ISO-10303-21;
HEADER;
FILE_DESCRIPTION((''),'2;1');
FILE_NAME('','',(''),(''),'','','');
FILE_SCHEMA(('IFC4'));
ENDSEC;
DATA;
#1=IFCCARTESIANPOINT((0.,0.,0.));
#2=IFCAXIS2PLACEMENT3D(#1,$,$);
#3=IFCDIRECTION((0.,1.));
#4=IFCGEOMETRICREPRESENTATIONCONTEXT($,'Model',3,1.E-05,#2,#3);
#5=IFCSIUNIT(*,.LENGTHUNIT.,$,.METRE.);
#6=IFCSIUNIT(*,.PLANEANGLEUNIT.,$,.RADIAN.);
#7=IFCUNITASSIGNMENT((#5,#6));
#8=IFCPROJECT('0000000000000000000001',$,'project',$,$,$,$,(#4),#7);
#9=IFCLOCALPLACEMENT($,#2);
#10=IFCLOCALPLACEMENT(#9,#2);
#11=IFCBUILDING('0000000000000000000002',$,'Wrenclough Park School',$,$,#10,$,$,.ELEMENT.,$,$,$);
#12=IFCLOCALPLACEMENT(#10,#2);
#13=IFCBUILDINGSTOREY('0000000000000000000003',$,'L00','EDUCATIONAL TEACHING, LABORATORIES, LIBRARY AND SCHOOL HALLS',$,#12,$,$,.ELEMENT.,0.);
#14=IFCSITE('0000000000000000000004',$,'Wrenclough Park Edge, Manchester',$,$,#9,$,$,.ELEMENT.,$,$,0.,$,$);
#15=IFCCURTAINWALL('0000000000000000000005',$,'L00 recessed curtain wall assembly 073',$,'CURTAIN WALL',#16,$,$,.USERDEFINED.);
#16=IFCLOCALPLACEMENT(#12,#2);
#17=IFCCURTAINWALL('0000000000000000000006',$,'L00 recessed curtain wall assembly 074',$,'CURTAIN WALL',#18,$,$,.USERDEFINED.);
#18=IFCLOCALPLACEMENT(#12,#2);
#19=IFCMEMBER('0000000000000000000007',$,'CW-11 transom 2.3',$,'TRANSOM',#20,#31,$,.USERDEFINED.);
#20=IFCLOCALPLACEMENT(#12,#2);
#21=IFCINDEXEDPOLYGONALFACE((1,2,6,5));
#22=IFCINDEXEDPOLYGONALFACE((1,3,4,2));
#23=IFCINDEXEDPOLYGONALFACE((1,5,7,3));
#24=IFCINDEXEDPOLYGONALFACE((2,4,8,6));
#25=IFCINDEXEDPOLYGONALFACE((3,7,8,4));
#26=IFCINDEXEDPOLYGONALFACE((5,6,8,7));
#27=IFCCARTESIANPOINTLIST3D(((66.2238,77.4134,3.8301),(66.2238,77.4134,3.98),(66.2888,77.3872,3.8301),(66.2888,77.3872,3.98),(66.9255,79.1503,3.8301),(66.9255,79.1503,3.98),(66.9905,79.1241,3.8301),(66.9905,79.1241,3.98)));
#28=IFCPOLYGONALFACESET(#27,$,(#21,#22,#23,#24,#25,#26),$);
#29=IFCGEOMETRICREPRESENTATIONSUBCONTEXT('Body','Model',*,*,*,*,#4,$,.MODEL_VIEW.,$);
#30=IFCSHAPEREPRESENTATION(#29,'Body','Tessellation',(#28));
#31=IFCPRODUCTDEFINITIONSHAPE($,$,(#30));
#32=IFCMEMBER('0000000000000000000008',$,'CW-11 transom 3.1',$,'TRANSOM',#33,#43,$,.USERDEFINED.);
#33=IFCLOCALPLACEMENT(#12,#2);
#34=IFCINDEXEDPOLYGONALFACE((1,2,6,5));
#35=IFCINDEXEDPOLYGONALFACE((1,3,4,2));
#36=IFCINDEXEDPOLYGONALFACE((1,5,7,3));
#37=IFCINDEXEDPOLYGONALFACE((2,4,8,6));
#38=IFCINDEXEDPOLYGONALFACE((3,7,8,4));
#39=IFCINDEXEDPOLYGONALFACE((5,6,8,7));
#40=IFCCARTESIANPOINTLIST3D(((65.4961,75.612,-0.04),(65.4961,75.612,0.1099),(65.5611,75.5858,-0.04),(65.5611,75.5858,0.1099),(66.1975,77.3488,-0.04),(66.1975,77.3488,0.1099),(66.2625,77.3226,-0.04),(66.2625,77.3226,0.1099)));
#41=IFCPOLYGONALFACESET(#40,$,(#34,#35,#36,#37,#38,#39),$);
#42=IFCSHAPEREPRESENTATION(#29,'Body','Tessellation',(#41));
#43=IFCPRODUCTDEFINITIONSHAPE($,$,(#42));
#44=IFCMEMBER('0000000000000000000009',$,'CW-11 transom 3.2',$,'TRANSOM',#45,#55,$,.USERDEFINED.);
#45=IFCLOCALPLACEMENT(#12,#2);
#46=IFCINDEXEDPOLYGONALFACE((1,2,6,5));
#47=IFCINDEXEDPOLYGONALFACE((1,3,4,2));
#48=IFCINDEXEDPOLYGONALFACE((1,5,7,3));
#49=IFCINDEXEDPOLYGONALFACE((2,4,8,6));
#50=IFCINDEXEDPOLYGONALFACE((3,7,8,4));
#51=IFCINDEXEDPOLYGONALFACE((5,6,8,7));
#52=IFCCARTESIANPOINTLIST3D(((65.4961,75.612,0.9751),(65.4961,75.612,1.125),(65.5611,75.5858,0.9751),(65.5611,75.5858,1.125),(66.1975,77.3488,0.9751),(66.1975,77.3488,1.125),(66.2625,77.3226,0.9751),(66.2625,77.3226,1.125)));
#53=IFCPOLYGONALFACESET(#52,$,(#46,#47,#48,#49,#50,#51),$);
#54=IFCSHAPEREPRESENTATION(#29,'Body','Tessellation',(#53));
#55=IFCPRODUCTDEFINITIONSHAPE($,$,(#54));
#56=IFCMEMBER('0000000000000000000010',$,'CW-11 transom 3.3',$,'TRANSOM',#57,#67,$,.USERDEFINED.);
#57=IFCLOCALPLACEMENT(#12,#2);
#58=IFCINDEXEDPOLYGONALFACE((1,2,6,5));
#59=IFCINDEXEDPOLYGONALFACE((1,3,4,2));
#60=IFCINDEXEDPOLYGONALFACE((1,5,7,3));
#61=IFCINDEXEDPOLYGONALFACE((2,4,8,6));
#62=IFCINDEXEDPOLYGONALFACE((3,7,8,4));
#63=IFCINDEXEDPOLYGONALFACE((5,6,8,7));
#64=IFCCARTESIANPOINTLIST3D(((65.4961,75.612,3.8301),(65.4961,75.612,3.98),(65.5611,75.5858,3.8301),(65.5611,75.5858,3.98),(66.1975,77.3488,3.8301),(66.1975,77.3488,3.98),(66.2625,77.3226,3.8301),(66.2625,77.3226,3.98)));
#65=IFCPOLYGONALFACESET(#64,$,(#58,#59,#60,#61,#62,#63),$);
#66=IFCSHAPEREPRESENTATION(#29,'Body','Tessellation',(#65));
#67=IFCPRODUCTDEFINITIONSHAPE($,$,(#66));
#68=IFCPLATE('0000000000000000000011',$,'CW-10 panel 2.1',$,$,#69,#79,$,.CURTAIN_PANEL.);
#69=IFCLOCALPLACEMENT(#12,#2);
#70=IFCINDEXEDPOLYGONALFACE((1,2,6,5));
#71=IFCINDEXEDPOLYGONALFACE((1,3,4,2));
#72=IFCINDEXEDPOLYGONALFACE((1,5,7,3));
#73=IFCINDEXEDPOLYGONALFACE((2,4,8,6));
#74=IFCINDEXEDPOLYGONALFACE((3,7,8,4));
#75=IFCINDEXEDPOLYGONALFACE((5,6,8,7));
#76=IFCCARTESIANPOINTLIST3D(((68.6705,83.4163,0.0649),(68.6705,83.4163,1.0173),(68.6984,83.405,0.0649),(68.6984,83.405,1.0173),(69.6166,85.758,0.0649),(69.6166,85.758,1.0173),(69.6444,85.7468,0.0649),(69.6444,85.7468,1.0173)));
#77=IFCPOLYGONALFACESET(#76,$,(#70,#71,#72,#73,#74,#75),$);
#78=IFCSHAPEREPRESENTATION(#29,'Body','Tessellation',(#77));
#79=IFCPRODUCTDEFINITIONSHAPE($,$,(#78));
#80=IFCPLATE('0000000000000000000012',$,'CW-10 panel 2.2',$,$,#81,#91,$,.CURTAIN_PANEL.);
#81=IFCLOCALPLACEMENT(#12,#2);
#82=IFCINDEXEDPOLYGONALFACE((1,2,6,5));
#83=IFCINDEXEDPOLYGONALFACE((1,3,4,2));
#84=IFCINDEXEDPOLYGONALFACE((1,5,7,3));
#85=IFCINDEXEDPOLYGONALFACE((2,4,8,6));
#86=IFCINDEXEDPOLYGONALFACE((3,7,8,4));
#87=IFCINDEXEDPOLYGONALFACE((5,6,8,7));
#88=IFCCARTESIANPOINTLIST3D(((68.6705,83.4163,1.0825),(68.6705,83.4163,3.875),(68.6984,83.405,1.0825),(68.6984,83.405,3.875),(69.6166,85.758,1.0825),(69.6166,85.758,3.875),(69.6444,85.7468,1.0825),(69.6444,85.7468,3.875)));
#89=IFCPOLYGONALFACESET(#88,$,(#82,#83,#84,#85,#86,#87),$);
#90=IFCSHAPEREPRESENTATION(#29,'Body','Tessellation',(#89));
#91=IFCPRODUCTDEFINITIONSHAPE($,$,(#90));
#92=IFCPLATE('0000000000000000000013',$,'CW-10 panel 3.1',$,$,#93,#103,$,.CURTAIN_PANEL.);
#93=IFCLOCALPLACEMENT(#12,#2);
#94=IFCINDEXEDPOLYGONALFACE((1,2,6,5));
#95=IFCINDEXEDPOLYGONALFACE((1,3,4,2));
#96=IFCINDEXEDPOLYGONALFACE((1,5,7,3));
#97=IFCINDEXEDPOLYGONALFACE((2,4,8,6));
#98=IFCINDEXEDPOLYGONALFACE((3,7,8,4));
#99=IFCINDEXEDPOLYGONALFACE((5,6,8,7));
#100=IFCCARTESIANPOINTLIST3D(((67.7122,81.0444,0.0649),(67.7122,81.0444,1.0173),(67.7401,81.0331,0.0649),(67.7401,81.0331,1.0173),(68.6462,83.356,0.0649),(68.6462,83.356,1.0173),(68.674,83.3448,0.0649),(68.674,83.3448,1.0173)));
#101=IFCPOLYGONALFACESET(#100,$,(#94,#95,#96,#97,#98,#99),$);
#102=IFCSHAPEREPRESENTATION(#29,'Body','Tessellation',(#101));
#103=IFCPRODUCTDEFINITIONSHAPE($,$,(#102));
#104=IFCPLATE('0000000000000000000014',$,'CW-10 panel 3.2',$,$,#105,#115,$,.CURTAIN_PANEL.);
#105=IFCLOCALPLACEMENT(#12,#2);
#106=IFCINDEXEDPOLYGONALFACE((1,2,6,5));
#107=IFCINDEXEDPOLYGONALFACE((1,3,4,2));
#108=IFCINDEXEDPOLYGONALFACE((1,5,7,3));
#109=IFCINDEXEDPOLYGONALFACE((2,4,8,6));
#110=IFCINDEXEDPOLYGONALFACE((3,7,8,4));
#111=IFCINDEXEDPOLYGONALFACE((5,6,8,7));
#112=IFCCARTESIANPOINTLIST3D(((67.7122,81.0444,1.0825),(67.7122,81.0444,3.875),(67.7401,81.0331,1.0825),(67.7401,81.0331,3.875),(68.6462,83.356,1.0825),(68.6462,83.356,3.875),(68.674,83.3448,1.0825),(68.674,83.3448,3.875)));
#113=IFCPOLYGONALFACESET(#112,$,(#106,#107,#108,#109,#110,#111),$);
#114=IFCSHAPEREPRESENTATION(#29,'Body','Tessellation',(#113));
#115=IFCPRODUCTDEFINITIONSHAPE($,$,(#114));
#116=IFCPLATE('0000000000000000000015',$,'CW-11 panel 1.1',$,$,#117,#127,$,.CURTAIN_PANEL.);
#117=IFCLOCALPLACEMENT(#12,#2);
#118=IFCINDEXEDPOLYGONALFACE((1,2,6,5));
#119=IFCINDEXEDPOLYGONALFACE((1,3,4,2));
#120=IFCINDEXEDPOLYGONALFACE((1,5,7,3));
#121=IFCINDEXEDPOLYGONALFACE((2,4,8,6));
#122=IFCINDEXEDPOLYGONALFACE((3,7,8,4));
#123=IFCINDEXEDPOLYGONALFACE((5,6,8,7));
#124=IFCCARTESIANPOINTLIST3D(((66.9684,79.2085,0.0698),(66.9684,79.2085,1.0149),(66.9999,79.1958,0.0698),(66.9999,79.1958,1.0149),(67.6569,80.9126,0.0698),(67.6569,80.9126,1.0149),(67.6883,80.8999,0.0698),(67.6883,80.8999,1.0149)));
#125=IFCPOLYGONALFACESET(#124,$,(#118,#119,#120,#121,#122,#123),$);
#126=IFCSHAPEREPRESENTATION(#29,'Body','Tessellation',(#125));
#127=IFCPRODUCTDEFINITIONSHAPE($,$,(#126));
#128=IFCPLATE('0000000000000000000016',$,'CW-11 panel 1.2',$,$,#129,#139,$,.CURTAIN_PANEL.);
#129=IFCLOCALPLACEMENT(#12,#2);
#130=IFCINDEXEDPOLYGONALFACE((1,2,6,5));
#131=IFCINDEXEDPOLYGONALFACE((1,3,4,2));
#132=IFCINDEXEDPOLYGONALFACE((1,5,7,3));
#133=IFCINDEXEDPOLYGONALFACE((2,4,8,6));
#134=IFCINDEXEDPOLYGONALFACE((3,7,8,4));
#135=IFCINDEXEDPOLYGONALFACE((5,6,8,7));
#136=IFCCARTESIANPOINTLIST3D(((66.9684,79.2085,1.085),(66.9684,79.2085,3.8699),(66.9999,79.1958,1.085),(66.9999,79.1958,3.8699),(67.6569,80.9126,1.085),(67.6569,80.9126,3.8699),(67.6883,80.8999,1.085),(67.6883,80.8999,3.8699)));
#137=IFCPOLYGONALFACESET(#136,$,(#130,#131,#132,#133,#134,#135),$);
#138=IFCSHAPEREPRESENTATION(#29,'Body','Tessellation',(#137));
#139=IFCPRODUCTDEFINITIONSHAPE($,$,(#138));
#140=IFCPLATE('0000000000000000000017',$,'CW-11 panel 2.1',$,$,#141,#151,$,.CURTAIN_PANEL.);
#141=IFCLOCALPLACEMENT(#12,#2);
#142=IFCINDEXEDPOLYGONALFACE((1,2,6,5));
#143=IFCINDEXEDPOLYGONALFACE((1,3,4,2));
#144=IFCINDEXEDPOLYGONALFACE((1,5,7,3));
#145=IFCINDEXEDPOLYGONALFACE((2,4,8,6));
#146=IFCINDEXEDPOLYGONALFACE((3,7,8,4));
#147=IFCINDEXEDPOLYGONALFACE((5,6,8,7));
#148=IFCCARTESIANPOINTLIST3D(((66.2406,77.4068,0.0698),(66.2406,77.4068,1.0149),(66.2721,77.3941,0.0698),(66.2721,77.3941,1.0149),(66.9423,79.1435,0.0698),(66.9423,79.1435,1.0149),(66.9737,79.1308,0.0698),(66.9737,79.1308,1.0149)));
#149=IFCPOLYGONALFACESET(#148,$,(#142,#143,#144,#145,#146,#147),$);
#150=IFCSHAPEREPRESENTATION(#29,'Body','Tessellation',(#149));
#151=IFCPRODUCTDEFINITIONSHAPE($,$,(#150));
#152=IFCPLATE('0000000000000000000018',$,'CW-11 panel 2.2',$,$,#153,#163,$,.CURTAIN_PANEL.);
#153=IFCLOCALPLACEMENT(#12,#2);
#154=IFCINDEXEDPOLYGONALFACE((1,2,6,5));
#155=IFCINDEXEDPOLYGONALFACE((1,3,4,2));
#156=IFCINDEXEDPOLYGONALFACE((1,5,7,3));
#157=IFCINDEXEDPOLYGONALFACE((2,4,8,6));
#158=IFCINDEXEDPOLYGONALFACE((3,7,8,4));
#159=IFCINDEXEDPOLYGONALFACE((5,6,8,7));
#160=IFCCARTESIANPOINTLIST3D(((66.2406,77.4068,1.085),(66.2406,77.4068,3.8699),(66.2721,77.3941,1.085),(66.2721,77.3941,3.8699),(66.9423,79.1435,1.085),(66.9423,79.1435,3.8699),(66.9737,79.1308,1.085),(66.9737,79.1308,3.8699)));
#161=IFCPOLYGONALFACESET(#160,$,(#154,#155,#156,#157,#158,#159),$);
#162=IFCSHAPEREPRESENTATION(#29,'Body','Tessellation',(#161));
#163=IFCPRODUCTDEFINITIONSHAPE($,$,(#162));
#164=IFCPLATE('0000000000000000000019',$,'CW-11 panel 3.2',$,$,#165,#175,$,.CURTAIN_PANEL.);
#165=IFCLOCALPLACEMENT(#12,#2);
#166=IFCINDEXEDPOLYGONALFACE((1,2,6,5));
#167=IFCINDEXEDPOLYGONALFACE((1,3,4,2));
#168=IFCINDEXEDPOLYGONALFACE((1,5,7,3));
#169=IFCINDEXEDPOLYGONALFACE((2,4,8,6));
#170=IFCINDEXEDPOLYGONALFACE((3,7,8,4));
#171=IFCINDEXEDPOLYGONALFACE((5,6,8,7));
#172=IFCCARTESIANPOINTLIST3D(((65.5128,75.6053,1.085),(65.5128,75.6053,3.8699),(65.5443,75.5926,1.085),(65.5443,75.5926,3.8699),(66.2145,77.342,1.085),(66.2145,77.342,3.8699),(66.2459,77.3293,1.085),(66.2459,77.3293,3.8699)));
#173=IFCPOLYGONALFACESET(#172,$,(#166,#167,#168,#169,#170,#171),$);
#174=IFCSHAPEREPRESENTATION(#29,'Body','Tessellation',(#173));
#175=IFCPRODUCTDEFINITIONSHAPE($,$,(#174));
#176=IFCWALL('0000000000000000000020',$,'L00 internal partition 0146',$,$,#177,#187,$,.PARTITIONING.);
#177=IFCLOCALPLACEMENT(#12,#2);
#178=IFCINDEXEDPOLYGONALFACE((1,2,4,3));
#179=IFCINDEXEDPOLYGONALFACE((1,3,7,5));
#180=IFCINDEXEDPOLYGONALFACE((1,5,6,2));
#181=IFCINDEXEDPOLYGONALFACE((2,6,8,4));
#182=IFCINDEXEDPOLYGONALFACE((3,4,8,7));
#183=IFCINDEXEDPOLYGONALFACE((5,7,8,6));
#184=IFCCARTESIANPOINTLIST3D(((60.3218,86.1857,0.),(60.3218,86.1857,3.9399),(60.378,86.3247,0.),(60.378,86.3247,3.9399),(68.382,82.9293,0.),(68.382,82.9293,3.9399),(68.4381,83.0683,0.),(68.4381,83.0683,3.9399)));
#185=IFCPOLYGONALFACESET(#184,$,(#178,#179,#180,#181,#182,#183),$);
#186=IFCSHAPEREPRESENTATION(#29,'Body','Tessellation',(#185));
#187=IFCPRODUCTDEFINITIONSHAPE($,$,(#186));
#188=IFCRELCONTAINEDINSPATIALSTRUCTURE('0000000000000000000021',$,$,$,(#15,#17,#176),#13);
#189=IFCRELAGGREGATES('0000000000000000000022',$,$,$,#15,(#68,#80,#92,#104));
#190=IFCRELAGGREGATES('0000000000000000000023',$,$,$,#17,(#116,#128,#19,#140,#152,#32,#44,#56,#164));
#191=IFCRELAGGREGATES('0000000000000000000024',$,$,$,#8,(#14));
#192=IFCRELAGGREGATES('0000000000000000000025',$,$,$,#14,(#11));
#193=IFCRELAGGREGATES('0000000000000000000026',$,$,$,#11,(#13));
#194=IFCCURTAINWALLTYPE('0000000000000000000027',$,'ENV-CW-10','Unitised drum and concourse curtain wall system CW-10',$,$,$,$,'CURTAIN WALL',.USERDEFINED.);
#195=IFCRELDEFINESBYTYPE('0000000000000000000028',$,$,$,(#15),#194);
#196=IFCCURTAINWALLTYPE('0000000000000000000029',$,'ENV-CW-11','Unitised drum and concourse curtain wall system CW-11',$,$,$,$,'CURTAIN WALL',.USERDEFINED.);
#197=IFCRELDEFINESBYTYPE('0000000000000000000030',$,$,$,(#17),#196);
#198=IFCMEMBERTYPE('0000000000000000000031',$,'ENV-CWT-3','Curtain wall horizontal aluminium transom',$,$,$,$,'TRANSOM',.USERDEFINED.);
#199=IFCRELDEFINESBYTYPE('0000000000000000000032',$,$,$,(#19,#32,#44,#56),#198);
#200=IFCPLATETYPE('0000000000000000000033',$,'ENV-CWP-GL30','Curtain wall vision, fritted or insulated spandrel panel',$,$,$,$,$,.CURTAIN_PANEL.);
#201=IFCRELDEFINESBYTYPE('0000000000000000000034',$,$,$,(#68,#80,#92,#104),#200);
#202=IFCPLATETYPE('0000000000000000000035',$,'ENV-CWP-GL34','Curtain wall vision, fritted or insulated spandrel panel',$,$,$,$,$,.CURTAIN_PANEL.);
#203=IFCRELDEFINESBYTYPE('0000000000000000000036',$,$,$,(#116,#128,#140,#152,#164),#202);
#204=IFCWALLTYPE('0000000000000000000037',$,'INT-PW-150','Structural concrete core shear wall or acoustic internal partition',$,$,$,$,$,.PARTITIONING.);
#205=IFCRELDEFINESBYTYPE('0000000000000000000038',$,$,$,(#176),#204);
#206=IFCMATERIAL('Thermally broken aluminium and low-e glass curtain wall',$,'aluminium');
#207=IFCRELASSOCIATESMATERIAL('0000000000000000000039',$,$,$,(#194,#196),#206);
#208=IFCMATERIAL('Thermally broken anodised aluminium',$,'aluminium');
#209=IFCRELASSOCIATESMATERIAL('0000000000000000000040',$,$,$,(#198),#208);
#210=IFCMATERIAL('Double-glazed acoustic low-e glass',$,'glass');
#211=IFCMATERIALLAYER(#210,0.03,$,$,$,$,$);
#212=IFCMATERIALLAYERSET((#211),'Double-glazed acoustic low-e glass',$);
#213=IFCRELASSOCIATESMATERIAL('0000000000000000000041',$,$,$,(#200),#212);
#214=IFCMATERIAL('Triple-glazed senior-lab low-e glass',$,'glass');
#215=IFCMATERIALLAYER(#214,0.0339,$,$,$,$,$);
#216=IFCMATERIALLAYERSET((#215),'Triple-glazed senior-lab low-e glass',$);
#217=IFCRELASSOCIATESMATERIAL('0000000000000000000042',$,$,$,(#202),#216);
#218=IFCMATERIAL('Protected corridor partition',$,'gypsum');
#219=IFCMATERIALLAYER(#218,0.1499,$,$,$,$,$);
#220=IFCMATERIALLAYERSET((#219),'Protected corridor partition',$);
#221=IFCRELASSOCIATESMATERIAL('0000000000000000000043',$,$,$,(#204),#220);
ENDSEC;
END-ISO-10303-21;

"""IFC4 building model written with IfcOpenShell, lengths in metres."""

from ifc_helpers import new_model, si_unit, direction, frame, frame_2d, origin, origin_2d, place, context, subcontext, project, spatial, rectangle, extrude, material, layer, layer_set, material_profile, profile_set, type_object, element, aggregate, save


model = new_model("IFC4")

# Units and contexts
model_context = context("Model", 3, precision=1e-05, world=origin(), true_north=direction((0.0, 1.0)))
body_context = subcontext(model_context, "Body", "Model", "MODEL_VIEW")
ifc_project = project(units=[si_unit("LENGTHUNIT", "METRE"), si_unit("PLANEANGLEUNIT", "RADIAN")], contexts=[model_context])

# Site, building, storey
site_placement = place(None, origin())
site = spatial("IfcSite", under=ifc_project, at=site_placement, Name="Wrenclough Park Edge, Manchester", CompositionType="ELEMENT", RefElevation=0.0)
building_placement = place(site_placement, origin())
building = spatial("IfcBuilding", under=site, at=building_placement, Name="Wrenclough Park School", CompositionType="ELEMENT")
storey_placement = place(building_placement, origin())
storey = spatial("IfcBuildingStorey", under=building, at=storey_placement, Name="L00", Description="EDUCATIONAL TEACHING, LABORATORIES, LIBRARY AND SCHOOL HALLS", CompositionType="ELEMENT", Elevation=0.0)

# Curtain walls
ifc_material_1 = material(Name="Thermally broken aluminium and low-e glass curtain wall", Category="aluminium")
curtain_wall_type_1 = type_object("IfcCurtainWallType", Name="ENV-CW-10", Description="Unitised drum and concourse curtain wall system CW-10", ElementType="CURTAIN WALL", PredefinedType="USERDEFINED", material=ifc_material_1)
curtain_wall_1_placement = place(storey_placement, origin())
curtain_wall_1 = element("IfcCurtainWall", 1, at=curtain_wall_1_placement, inside=storey, type_object=curtain_wall_type_1, Name="L00 recessed curtain wall assembly 073", ObjectType="CURTAIN WALL", PredefinedType="USERDEFINED")
ifc_material_2 = material(Name="Thermally broken anodised aluminium", Category="aluminium")
curtain_wall_type_2 = type_object("IfcCurtainWallType", Name="ENV-CW-11", Description="Unitised drum and concourse curtain wall system CW-11", ElementType="CURTAIN WALL", PredefinedType="USERDEFINED", material=ifc_material_1)
curtain_wall_2_placement = place(storey_placement, origin())
curtain_wall_2 = element("IfcCurtainWall", 2, at=curtain_wall_2_placement, inside=storey, type_object=curtain_wall_type_2, Name="L00 recessed curtain wall assembly 074", ObjectType="CURTAIN WALL", PredefinedType="USERDEFINED")

# Members
ifc_material_profile_1 = material_profile(ifc_material_2, rectangle(XDim=0.0701, YDim=0.1499, at=origin_2d()), Name="AL TRANSOM 70x150")
ifc_profile_set_1 = profile_set([ifc_material_profile_1], Name="Thermally broken anodised aluminium")
member_type_1 = type_object("IfcMemberType", Name="ENV-CWT-3", Description="Curtain wall horizontal aluminium transom", ElementType="TRANSOM", PredefinedType="USERDEFINED", material=ifc_profile_set_1)
member_1_placement = place(storey_placement, frame((66.958, 79.1372, 3.905), z_axis=(-0.374579, -0.927195, 0.0), x_axis=(0.927195, -0.374579, 0.0)))
member_1 = element("IfcMember", 3, at=member_1_placement, type_object=member_type_1, Name="CW-11 transom 2.3", ObjectType="TRANSOM", PredefinedType="USERDEFINED", context=body_context, shape_type="SweptSolid", body=[
    extrude(rectangle(XDim=0.0701, YDim=0.1499, at=origin_2d()), origin(), (0.0, 0.0, 1.0), 1.8733),
])
member_2_placement = place(storey_placement, frame((66.23, 77.3357, 0.0349), z_axis=(-0.374467, -0.92724, 0.0), x_axis=(0.92724, -0.374467, 0.0)))
member_2 = element("IfcMember", 4, at=member_2_placement, type_object=member_type_1, Name="CW-11 transom 3.1", ObjectType="TRANSOM", PredefinedType="USERDEFINED", context=body_context, shape_type="SweptSolid", body=[
    extrude(rectangle(XDim=0.0701, YDim=0.1499, at=origin_2d()), origin(), (0.0, 0.0, 1.0), 1.873),
])
member_3_placement = place(storey_placement, frame((66.23, 77.3357, 1.05), z_axis=(-0.374467, -0.92724, 0.0), x_axis=(0.92724, -0.374467, 0.0)))
member_3 = element("IfcMember", 5, at=member_3_placement, type_object=member_type_1, Name="CW-11 transom 3.2", ObjectType="TRANSOM", PredefinedType="USERDEFINED", context=body_context, shape_type="SweptSolid", body=[
    extrude(rectangle(XDim=0.0701, YDim=0.1499, at=origin_2d()), origin(), (0.0, 0.0, 1.0), 1.873),
])
member_4_placement = place(storey_placement, frame((66.23, 77.3357, 3.905), z_axis=(-0.374467, -0.92724, 0.0), x_axis=(0.92724, -0.374467, 0.0)))
member_4 = element("IfcMember", 6, at=member_4_placement, type_object=member_type_1, Name="CW-11 transom 3.3", ObjectType="TRANSOM", PredefinedType="USERDEFINED", context=body_context, shape_type="SweptSolid", body=[
    extrude(rectangle(XDim=0.0701, YDim=0.1499, at=origin_2d()), origin(), (0.0, 0.0, 1.0), 1.873),
])

# Plates
ifc_material_3 = material(Name="Double-glazed acoustic low-e glass", Category="glass")
ifc_layer_1 = layer(ifc_material_3, 0.03)
ifc_layer_set_1 = layer_set([ifc_layer_1], Name="Double-glazed acoustic low-e glass")
plate_type_1 = type_object("IfcPlateType", Name="ENV-CWP-GL30", Description="Curtain wall vision, fritted or insulated spandrel panel", PredefinedType="CURTAIN_PANEL", material=ifc_layer_set_1)
plate_1_placement = place(storey_placement, frame((69.1575, 84.5815, 0.0649), z_axis=(0.0, 0.0, 1.0), x_axis=(-0.37459, -0.927191, 0.0)))
plate_1 = element("IfcPlate", 7, at=plate_1_placement, type_object=plate_type_1, Name="CW-10 panel 2.1", PredefinedType="CURTAIN_PANEL", context=body_context, shape_type="SweptSolid", body=[
    extrude(rectangle(XDim=2.5256, YDim=0.03, at=origin_2d()), origin(), (0.0, 0.0, 1.0), 0.9524),
])
plate_2_placement = place(storey_placement, frame((69.1575, 84.5815, 1.0825), z_axis=(0.0, 0.0, 1.0), x_axis=(-0.37459, -0.927191, 0.0)))
plate_2 = element("IfcPlate", 8, at=plate_2_placement, type_object=plate_type_1, Name="CW-10 panel 2.2", PredefinedType="CURTAIN_PANEL", context=body_context, shape_type="SweptSolid", body=[
    extrude(rectangle(XDim=2.5256, YDim=0.03, at=origin_2d()), origin(), (0.0, 0.0, 1.0), 2.7925),
])
plate_3_placement = place(storey_placement, frame((68.1931, 82.1946, 0.0649), z_axis=(0.0, 0.0, 1.0), x_axis=(-0.37459, -0.927191, 0.0)))
plate_3 = element("IfcPlate", 9, at=plate_3_placement, type_object=plate_type_1, Name="CW-10 panel 3.1", PredefinedType="CURTAIN_PANEL", context=body_context, shape_type="SweptSolid", body=[
    extrude(rectangle(XDim=2.4932, YDim=0.03, at=origin_2d()), origin(), (0.0, 0.0, 1.0), 0.9524),
])
plate_4_placement = place(storey_placement, frame((68.1931, 82.1946, 1.0825), z_axis=(0.0, 0.0, 1.0), x_axis=(-0.37459, -0.927191, 0.0)))
plate_4 = element("IfcPlate", 10, at=plate_4_placement, type_object=plate_type_1, Name="CW-10 panel 3.2", PredefinedType="CURTAIN_PANEL", context=body_context, shape_type="SweptSolid", body=[
    extrude(rectangle(XDim=2.4932, YDim=0.03, at=origin_2d()), origin(), (0.0, 0.0, 1.0), 2.7925),
])
aggregate(curtain_wall_1, [plate_1, plate_2, plate_3, plate_4])
ifc_material_4 = material(Name="Triple-glazed senior-lab low-e glass", Category="glass")
ifc_layer_2 = layer(ifc_material_4, 0.0339)
ifc_layer_set_2 = layer_set([ifc_layer_2], Name="Triple-glazed senior-lab low-e glass")
plate_type_2 = type_object("IfcPlateType", Name="ENV-CWP-GL34", Description="Curtain wall vision, fritted or insulated spandrel panel", PredefinedType="CURTAIN_PANEL", material=ifc_layer_set_2)
plate_5_placement = place(storey_placement, frame((67.3284, 80.0542, 0.0698), z_axis=(0.0, 0.0, 1.0), x_axis=(-0.374601, -0.927186, 0.0)))
plate_5 = element("IfcPlate", 11, at=plate_5_placement, type_object=plate_type_2, Name="CW-11 panel 1.1", PredefinedType="CURTAIN_PANEL", context=body_context, shape_type="SweptSolid", body=[
    extrude(rectangle(XDim=1.8379, YDim=0.0339, at=origin_2d()), origin(), (0.0, 0.0, 1.0), 0.9451),
])
plate_6_placement = place(storey_placement, frame((67.3284, 80.0542, 1.085), z_axis=(0.0, 0.0, 1.0), x_axis=(-0.374601, -0.927186, 0.0)))
plate_6 = element("IfcPlate", 12, at=plate_6_placement, type_object=plate_type_2, Name="CW-11 panel 1.2", PredefinedType="CURTAIN_PANEL", context=body_context, shape_type="SweptSolid", body=[
    extrude(rectangle(XDim=1.8379, YDim=0.0339, at=origin_2d()), origin(), (0.0, 0.0, 1.0), 2.7849),
])
plate_7_placement = place(storey_placement, frame((66.6072, 78.2688, 0.0698), z_axis=(0.0, 0.0, 1.0), x_axis=(-0.374601, -0.927186, 0.0)))
plate_7 = element("IfcPlate", 13, at=plate_7_placement, type_object=plate_type_2, Name="CW-11 panel 2.1", PredefinedType="CURTAIN_PANEL", context=body_context, shape_type="SweptSolid", body=[
    extrude(rectangle(XDim=1.873, YDim=0.0339, at=origin_2d()), origin(), (0.0, 0.0, 1.0), 0.9451),
])
plate_8_placement = place(storey_placement, frame((66.6072, 78.2688, 1.085), z_axis=(0.0, 0.0, 1.0), x_axis=(-0.374601, -0.927186, 0.0)))
plate_8 = element("IfcPlate", 14, at=plate_8_placement, type_object=plate_type_2, Name="CW-11 panel 2.2", PredefinedType="CURTAIN_PANEL", context=body_context, shape_type="SweptSolid", body=[
    extrude(rectangle(XDim=1.873, YDim=0.0339, at=origin_2d()), origin(), (0.0, 0.0, 1.0), 2.7849),
])
plate_9_placement = place(storey_placement, frame((65.8794, 76.4673, 1.085), z_axis=(0.0, 0.0, 1.0), x_axis=(-0.374601, -0.927186, 0.0)))
plate_9 = element("IfcPlate", 15, at=plate_9_placement, type_object=plate_type_2, Name="CW-11 panel 3.2", PredefinedType="CURTAIN_PANEL", context=body_context, shape_type="SweptSolid", body=[
    extrude(rectangle(XDim=1.873, YDim=0.0339, at=origin_2d()), origin(), (0.0, 0.0, 1.0), 2.7849),
])
aggregate(curtain_wall_2, [plate_5, plate_6, member_1, plate_7, plate_8, member_2, member_3, member_4, plate_9])

# Wall
ifc_material_5 = material(Name="Protected corridor partition", Category="gypsum")
ifc_layer_3 = layer(ifc_material_5, 0.1499)
ifc_layer_set_3 = layer_set([ifc_layer_3], Name="Protected corridor partition")
wall_type = type_object("IfcWallType", Name="INT-PW-150", Description="Structural concrete core shear wall or acoustic internal partition", PredefinedType="PARTITIONING", material=ifc_layer_set_3)
wall_placement = place(storey_placement, frame((68.4102, 82.9988, 0.0), z_axis=(0.0, 0.0, 1.0), x_axis=(-0.927189, 0.374594, 0.0)))
element("IfcWall", 16, at=wall_placement, inside=storey, type_object=wall_type, Name="L00 internal partition 0146", PredefinedType="PARTITIONING", context=body_context, shape_type="SweptSolid", body=[
    extrude(rectangle(XDim=8.6931, YDim=0.1499, at=frame_2d((4.3467, 0.0))), origin(), (0.0, 0.0, 1.0), 3.9399),
])

save(model, "model.ifc")
